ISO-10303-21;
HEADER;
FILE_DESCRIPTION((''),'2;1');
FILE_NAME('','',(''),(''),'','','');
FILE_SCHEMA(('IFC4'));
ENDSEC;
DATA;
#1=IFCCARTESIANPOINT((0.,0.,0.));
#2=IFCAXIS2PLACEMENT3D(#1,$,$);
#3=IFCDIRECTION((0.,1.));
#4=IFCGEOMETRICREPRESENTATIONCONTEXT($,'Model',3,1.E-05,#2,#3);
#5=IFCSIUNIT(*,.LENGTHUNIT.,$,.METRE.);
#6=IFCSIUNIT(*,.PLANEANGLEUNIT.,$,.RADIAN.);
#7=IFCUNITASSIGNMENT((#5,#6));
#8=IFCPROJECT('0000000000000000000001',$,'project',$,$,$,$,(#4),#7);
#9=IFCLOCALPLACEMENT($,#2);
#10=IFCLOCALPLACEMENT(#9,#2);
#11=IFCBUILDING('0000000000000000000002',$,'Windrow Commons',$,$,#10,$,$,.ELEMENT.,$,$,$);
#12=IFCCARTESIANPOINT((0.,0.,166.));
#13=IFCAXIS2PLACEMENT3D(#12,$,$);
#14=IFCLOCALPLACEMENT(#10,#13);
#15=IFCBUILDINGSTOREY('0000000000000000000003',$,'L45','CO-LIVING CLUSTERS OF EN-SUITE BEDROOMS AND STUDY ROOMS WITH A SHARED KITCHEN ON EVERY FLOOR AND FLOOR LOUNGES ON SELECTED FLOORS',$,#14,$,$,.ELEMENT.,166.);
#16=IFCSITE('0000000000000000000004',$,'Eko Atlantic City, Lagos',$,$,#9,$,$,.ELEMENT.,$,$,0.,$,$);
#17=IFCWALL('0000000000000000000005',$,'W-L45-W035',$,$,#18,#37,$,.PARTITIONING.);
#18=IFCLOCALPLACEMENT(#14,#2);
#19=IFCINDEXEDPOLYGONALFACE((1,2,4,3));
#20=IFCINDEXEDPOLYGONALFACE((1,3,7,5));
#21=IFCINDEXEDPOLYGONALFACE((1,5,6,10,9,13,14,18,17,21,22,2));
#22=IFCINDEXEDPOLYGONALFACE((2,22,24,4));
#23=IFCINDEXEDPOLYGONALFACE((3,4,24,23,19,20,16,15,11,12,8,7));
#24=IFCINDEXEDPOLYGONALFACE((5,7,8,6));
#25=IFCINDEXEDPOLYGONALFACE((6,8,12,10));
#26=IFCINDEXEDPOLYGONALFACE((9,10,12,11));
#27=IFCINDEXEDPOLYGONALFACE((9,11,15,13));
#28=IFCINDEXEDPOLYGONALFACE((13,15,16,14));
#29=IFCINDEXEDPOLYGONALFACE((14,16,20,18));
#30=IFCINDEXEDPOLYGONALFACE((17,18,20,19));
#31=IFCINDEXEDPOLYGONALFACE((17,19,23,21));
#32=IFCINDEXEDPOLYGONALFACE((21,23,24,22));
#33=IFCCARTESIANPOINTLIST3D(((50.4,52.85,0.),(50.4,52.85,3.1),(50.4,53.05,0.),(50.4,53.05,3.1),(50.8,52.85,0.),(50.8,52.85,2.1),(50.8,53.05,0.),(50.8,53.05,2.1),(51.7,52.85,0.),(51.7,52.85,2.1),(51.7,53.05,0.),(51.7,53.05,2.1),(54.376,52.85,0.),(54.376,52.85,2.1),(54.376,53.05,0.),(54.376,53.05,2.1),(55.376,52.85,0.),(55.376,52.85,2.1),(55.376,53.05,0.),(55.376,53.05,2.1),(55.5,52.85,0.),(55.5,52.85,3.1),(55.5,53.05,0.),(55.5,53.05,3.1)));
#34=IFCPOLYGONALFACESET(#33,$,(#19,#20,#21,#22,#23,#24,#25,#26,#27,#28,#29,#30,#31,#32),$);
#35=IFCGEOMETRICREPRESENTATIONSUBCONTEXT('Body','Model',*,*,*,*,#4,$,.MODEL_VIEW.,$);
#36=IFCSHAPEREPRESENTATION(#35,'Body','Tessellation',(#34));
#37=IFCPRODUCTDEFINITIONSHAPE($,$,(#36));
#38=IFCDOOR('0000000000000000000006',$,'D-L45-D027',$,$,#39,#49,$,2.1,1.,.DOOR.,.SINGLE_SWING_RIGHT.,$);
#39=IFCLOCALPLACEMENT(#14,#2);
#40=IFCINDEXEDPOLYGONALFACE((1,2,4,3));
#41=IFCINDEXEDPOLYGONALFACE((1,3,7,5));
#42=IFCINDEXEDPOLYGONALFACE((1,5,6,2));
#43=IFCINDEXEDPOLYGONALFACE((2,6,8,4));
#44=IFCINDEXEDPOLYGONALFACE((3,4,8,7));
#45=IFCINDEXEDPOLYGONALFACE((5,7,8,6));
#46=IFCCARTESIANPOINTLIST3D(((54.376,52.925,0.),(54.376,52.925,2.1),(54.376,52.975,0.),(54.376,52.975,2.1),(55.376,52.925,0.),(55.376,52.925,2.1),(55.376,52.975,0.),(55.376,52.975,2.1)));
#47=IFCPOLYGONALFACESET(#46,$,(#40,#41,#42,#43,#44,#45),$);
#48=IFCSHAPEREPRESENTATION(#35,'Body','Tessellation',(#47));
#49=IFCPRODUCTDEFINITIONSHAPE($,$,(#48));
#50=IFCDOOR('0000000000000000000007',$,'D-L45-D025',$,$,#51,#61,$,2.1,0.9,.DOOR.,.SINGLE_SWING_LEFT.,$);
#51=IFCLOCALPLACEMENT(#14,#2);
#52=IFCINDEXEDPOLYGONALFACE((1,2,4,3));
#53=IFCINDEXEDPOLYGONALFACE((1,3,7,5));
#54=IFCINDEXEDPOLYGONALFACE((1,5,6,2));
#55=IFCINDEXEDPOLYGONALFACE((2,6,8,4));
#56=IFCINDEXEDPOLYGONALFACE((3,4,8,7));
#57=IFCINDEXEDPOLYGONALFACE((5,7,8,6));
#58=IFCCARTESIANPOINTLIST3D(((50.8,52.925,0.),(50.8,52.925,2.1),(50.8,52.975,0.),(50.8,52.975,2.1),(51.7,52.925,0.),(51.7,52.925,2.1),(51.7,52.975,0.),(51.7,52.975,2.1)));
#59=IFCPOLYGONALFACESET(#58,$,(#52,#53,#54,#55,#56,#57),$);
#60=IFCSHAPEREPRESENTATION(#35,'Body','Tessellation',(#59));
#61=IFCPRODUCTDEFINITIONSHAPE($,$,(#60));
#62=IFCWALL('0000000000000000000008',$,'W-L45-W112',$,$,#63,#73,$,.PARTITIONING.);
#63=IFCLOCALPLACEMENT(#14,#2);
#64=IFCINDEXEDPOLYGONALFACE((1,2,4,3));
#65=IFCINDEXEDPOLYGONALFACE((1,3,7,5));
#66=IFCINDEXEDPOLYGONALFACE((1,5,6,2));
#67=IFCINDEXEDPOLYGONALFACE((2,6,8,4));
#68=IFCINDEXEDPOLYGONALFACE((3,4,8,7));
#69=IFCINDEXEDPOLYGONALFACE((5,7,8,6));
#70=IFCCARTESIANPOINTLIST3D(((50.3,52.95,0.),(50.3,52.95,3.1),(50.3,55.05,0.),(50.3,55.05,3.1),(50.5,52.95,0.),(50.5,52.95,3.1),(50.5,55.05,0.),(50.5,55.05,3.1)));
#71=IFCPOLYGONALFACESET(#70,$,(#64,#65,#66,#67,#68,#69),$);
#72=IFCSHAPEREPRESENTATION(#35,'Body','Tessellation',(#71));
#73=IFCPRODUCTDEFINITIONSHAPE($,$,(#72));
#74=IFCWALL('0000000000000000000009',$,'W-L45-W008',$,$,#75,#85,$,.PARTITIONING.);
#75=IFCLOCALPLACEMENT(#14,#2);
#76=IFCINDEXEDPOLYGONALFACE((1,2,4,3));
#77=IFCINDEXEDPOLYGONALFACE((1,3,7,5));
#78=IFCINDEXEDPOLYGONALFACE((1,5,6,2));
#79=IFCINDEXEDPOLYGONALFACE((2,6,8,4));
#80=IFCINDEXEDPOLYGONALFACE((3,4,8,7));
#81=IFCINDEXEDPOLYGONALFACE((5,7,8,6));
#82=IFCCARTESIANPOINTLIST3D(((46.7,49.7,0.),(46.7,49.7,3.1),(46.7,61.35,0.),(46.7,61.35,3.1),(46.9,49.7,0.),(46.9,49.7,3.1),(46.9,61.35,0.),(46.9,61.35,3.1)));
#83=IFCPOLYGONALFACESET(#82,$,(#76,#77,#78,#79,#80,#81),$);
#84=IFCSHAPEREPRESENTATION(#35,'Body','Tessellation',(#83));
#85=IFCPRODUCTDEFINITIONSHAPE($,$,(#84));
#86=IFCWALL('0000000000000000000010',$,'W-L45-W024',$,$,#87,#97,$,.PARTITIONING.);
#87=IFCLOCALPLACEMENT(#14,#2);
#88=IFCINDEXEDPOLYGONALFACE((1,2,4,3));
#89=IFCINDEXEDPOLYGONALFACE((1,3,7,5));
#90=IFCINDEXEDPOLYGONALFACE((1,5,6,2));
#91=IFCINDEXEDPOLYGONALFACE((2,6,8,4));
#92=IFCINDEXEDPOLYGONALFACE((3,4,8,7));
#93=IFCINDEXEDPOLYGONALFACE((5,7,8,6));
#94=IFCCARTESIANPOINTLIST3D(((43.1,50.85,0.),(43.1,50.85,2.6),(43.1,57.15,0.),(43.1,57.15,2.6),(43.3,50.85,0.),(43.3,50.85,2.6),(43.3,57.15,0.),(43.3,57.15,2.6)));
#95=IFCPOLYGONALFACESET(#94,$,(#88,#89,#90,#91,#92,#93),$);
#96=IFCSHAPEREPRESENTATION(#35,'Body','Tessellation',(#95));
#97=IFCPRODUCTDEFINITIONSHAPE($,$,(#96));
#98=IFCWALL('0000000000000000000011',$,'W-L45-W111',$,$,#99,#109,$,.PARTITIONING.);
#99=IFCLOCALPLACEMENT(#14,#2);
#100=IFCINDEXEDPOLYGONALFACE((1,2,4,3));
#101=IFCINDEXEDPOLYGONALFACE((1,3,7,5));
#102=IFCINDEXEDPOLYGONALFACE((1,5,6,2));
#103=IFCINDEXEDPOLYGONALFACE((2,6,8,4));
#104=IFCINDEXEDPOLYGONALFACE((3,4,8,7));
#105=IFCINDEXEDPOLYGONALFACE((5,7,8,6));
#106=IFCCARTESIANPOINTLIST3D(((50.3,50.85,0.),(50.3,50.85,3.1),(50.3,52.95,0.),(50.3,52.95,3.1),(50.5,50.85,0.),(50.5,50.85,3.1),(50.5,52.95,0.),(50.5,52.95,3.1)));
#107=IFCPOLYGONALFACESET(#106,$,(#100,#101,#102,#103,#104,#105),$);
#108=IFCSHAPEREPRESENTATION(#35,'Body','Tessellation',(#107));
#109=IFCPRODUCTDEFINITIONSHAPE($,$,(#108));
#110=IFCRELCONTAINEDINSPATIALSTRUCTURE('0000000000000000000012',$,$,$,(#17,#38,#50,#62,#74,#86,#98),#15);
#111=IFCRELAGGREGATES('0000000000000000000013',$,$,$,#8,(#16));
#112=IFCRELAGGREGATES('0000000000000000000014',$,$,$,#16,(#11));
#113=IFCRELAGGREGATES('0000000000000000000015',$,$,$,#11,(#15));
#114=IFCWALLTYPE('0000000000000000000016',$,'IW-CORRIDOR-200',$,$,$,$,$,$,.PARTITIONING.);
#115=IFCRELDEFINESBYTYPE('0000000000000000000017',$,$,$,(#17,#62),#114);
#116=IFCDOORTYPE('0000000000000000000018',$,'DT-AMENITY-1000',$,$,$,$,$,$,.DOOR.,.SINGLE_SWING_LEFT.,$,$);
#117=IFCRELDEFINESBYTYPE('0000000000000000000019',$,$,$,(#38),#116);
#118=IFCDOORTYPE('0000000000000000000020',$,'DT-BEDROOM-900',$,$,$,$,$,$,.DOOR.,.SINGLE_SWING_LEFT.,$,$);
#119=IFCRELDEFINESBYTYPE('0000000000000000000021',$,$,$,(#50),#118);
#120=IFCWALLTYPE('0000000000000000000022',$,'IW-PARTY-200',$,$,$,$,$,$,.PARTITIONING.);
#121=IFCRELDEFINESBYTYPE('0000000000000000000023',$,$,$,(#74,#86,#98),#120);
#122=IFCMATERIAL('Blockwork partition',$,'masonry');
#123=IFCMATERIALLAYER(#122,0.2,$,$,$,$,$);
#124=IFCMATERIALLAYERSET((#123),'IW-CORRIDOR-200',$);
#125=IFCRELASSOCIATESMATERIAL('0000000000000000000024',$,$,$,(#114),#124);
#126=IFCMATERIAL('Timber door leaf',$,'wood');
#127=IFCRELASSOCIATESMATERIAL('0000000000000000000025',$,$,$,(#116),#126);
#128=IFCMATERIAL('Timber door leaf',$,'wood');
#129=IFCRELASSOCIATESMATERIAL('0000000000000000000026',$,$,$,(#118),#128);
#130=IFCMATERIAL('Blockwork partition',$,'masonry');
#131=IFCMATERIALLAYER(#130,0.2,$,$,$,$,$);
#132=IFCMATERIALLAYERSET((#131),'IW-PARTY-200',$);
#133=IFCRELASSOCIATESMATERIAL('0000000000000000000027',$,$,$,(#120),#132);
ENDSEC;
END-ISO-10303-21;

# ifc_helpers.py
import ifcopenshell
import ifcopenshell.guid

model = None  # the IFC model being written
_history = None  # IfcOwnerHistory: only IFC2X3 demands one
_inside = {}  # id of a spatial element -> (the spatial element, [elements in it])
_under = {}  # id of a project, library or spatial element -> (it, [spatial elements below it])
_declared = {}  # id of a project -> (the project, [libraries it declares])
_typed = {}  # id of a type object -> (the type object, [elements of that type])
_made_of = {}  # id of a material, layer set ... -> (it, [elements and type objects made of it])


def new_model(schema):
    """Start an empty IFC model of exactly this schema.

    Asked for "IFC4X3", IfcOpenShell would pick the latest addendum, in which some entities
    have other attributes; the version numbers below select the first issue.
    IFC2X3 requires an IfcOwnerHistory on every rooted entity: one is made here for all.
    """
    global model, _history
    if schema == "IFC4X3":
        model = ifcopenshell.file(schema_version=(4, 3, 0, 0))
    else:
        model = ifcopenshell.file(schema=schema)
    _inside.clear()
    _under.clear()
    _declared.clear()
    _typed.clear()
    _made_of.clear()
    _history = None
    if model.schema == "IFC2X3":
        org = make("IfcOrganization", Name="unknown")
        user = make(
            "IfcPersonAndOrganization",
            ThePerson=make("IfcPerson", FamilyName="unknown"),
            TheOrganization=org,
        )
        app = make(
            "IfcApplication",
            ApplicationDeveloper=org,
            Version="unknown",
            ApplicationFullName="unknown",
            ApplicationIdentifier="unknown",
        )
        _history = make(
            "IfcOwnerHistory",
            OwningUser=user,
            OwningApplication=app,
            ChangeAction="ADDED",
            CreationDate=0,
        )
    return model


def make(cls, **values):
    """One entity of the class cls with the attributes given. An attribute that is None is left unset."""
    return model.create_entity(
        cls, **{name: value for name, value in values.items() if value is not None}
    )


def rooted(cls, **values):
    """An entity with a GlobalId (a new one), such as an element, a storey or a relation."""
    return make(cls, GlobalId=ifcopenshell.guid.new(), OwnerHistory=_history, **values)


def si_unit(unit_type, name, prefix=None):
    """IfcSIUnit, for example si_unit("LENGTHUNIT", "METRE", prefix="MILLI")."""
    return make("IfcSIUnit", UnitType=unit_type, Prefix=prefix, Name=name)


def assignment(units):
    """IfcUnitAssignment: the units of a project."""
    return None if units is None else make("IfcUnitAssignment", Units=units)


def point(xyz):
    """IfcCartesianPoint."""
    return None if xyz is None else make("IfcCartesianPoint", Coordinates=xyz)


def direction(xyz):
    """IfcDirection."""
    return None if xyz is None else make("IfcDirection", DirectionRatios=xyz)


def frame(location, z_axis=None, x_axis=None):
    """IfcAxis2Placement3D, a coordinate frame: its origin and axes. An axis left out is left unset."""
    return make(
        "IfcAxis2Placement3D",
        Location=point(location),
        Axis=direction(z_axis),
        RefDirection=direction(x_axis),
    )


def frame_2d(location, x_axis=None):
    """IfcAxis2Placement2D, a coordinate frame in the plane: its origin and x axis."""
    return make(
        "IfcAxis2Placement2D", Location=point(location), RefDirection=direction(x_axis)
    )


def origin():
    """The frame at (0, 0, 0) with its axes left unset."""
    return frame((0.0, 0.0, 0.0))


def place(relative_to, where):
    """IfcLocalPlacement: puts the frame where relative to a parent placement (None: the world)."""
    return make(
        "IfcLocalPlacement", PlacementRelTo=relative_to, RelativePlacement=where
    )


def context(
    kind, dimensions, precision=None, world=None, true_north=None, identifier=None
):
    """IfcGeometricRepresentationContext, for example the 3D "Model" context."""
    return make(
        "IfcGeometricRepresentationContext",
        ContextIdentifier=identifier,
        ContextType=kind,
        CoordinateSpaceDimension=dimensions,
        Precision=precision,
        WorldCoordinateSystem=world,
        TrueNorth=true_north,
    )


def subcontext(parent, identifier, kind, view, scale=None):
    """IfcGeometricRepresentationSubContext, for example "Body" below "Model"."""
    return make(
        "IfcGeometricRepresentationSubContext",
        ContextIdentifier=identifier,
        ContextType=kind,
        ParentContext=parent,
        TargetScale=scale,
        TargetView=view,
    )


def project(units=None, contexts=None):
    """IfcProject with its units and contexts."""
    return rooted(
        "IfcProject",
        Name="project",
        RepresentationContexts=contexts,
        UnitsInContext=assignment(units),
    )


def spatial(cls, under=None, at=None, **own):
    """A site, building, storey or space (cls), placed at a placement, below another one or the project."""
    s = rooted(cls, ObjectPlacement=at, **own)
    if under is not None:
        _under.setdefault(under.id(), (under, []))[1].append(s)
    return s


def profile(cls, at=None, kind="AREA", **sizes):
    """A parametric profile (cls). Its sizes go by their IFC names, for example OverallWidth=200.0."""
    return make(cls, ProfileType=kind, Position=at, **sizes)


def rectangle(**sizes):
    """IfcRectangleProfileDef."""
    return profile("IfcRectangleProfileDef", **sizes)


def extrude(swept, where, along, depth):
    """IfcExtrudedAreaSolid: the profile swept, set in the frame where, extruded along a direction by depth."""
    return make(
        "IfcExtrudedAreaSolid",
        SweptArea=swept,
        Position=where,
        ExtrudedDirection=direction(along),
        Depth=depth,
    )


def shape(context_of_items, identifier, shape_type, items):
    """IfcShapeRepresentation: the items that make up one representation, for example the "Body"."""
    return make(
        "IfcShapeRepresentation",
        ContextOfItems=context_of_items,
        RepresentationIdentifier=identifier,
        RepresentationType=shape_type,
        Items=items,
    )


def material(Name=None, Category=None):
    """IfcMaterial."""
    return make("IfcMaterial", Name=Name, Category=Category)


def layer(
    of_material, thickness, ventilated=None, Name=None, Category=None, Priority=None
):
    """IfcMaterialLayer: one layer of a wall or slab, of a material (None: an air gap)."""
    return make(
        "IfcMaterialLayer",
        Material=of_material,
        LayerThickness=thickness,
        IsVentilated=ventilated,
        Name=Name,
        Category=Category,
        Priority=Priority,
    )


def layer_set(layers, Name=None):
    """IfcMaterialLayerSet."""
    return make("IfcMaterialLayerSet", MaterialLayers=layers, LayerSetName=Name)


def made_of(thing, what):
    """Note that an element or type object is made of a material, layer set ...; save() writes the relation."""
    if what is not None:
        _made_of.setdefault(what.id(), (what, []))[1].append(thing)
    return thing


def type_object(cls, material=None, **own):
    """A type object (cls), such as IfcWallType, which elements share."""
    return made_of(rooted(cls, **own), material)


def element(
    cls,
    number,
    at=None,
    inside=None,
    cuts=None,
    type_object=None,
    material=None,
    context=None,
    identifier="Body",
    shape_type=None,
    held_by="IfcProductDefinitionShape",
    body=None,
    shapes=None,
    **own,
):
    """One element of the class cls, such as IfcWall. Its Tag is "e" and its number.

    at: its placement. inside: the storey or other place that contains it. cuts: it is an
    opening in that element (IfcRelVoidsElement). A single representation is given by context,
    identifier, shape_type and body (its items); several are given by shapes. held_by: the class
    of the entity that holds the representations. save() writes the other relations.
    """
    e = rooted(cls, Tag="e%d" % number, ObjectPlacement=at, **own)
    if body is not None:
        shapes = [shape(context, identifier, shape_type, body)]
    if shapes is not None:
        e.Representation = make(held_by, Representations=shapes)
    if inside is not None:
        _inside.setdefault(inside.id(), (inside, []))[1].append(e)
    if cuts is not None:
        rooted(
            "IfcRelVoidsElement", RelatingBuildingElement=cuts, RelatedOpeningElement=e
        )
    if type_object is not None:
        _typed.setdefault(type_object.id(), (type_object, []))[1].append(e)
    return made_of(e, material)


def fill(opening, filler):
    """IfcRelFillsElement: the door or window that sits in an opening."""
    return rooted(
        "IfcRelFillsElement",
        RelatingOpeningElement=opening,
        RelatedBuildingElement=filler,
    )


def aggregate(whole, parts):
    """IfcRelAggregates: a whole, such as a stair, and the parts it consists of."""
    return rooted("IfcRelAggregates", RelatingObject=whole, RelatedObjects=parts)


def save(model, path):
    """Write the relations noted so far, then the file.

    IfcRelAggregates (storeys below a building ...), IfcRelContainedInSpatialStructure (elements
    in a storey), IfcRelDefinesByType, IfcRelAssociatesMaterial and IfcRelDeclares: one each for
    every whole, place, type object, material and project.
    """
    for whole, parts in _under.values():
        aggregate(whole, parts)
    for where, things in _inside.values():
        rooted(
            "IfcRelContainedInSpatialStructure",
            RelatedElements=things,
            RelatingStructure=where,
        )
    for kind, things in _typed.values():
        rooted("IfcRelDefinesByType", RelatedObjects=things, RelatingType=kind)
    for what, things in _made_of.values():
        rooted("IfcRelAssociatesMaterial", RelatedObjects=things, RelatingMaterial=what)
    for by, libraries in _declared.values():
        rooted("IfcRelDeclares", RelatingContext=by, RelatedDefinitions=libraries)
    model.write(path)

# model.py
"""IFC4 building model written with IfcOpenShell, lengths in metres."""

from ifc_helpers import new_model, si_unit, direction, frame, frame_2d, origin, place, context, subcontext, project, spatial, rectangle, extrude, material, layer, layer_set, type_object, element, fill, save


model = new_model("IFC4")

# Units and contexts
model_context = context("Model", 3, precision=1e-05, world=origin(), true_north=direction((0.0, 1.0)))
body_context = subcontext(model_context, "Body", "Model", "MODEL_VIEW")
ifc_project = project(units=[si_unit("LENGTHUNIT", "METRE"), si_unit("PLANEANGLEUNIT", "RADIAN")], contexts=[model_context])

# Site, building, storey
site_placement = place(None, origin())
site = spatial("IfcSite", under=ifc_project, at=site_placement, Name="Eko Atlantic City, Lagos", CompositionType="ELEMENT", RefElevation=0.0)
building_placement = place(site_placement, origin())
building = spatial("IfcBuilding", under=site, at=building_placement, Name="Windrow Commons", CompositionType="ELEMENT")
storey_placement = place(building_placement, frame((0.0, 0.0, 166.0)))
storey = spatial("IfcBuildingStorey", under=building, at=storey_placement, Name="L45", Description="CO-LIVING CLUSTERS OF EN-SUITE BEDROOMS AND STUDY ROOMS WITH A SHARED KITCHEN ON EVERY FLOOR AND FLOOR LOUNGES ON SELECTED FLOORS", CompositionType="ELEMENT", Elevation=166.0)

# Wall, openings, doors
ifc_material_1 = material(Name="Blockwork partition", Category="masonry")
ifc_layer_1 = layer(ifc_material_1, 0.2)
ifc_layer_set_1 = layer_set([ifc_layer_1], Name="IW-CORRIDOR-200")
wall_type_1 = type_object("IfcWallType", Name="IW-CORRIDOR-200", PredefinedType="PARTITIONING", material=ifc_layer_set_1)
wall_1_placement = place(storey_placement, frame((50.4, 52.95, 0.0), z_axis=(0.0, 0.0, 1.0), x_axis=(1.0, 0.0, 0.0)))
wall_1 = element("IfcWall", 1, at=wall_1_placement, inside=storey, type_object=wall_type_1, Name="W-L45-W035", PredefinedType="PARTITIONING", context=body_context, shape_type="SweptSolid", body=[
    extrude(rectangle(XDim=5.1, YDim=0.2, at=frame_2d((2.55, 0.0))), origin(), (0.0, 0.0, 1.0), 3.1),
])
opening_1_placement = place(wall_1_placement, frame((0.4, 0.0, 0.0)))
opening_1 = element("IfcOpeningElement", 2, at=opening_1_placement, cuts=wall_1, PredefinedType="OPENING", context=body_context, shape_type="SweptSolid", body=[
    extrude(rectangle(XDim=0.9, YDim=2.1, at=frame_2d((0.45, 1.05))), frame((0.0, 0.11, 0.0), z_axis=(0.0, -1.0, 0.0), x_axis=(1.0, 0.0, 0.0)), (0.0, 0.0, 1.0), 0.22),
])
opening_2_placement = place(wall_1_placement, frame((3.976, 0.0, 0.0)))
opening_2 = element("IfcOpeningElement", 3, at=opening_2_placement, cuts=wall_1, PredefinedType="OPENING", context=body_context, shape_type="SweptSolid", body=[
    extrude(rectangle(XDim=1.0, YDim=2.1, at=frame_2d((0.5, 1.05))), frame((0.0, 0.11, 0.0), z_axis=(0.0, -1.0, 0.0), x_axis=(1.0, 0.0, 0.0)), (0.0, 0.0, 1.0), 0.22),
])
ifc_material_2 = material(Name="Timber door leaf", Category="wood")
door_type_1 = type_object("IfcDoorType", Name="DT-AMENITY-1000", OperationType="SINGLE_SWING_LEFT", PredefinedType="DOOR", material=ifc_material_2)
door_1_placement = place(opening_2_placement, origin())
door_1 = element("IfcDoor", 4, at=door_1_placement, inside=storey, type_object=door_type_1, Name="D-L45-D027", OperationType="SINGLE_SWING_RIGHT", OverallHeight=2.1, OverallWidth=1.0, PredefinedType="DOOR", context=body_context, shape_type="SweptSolid", body=[
    extrude(rectangle(XDim=1.0, YDim=2.1, at=frame_2d((0.5, 1.05))), frame((0.0, 0.025, 0.0), z_axis=(0.0, -1.0, 0.0), x_axis=(1.0, 0.0, 0.0)), (0.0, 0.0, 1.0), 0.05),
])
fill(opening_2, door_1)
ifc_material_3 = material(Name="Timber door leaf", Category="wood")
door_type_2 = type_object("IfcDoorType", Name="DT-BEDROOM-900", OperationType="SINGLE_SWING_LEFT", PredefinedType="DOOR", material=ifc_material_3)
door_2_placement = place(opening_1_placement, origin())
door_2 = element("IfcDoor", 5, at=door_2_placement, inside=storey, type_object=door_type_2, Name="D-L45-D025", OperationType="SINGLE_SWING_LEFT", OverallHeight=2.1, OverallWidth=0.9, PredefinedType="DOOR", context=body_context, shape_type="SweptSolid", body=[
    extrude(rectangle(XDim=0.9, YDim=2.1, at=frame_2d((0.45, 1.05))), frame((0.0, 0.025, 0.0), z_axis=(0.0, -1.0, 0.0), x_axis=(1.0, 0.0, 0.0)), (0.0, 0.0, 1.0), 0.05),
])
fill(opening_1, door_2)

# Walls
wall_2_placement = place(storey_placement, frame((50.4, 52.95, 0.0), z_axis=(0.0, 0.0, 1.0), x_axis=(0.0, 1.0, 0.0)))
element("IfcWall", 6, at=wall_2_placement, inside=storey, type_object=wall_type_1, Name="W-L45-W112", PredefinedType="PARTITIONING", context=body_context, shape_type="SweptSolid", body=[
    extrude(rectangle(XDim=2.1, YDim=0.2, at=frame_2d((1.05, 0.0))), origin(), (0.0, 0.0, 1.0), 3.1),
])
ifc_material_4 = material(Name="Blockwork partition", Category="masonry")
ifc_layer_2 = layer(ifc_material_4, 0.2)
ifc_layer_set_2 = layer_set([ifc_layer_2], Name="IW-PARTY-200")
wall_type_2 = type_object("IfcWallType", Name="IW-PARTY-200", PredefinedType="PARTITIONING", material=ifc_layer_set_2)
wall_3_placement = place(storey_placement, frame((46.8, 49.7, 0.0), z_axis=(0.0, 0.0, 1.0), x_axis=(0.0, 1.0, 0.0)))
element("IfcWall", 7, at=wall_3_placement, inside=storey, type_object=wall_type_2, Name="W-L45-W008", PredefinedType="PARTITIONING", context=body_context, shape_type="SweptSolid", body=[
    extrude(rectangle(XDim=11.65, YDim=0.2, at=frame_2d((5.825, 0.0))), origin(), (0.0, 0.0, 1.0), 3.1),
])
wall_4_placement = place(storey_placement, frame((43.2, 50.85, 0.0), z_axis=(0.0, 0.0, 1.0), x_axis=(0.0, 1.0, 0.0)))
element("IfcWall", 8, at=wall_4_placement, inside=storey, type_object=wall_type_2, Name="W-L45-W024", PredefinedType="PARTITIONING", context=body_context, shape_type="SweptSolid", body=[
    extrude(rectangle(XDim=6.3, YDim=0.2, at=frame_2d((3.15, 0.0))), origin(), (0.0, 0.0, 1.0), 2.6),
])
wall_5_placement = place(storey_placement, frame((50.4, 50.85, 0.0), z_axis=(0.0, 0.0, 1.0), x_axis=(0.0, 1.0, 0.0)))
element("IfcWall", 9, at=wall_5_placement, inside=storey, type_object=wall_type_2, Name="W-L45-W111", PredefinedType="PARTITIONING", context=body_context, shape_type="SweptSolid", body=[
    extrude(rectangle(XDim=2.1, YDim=0.2, at=frame_2d((1.05, 0.0))), origin(), (0.0, 0.0, 1.0), 3.1),
])

save(model, "model.ifc")
